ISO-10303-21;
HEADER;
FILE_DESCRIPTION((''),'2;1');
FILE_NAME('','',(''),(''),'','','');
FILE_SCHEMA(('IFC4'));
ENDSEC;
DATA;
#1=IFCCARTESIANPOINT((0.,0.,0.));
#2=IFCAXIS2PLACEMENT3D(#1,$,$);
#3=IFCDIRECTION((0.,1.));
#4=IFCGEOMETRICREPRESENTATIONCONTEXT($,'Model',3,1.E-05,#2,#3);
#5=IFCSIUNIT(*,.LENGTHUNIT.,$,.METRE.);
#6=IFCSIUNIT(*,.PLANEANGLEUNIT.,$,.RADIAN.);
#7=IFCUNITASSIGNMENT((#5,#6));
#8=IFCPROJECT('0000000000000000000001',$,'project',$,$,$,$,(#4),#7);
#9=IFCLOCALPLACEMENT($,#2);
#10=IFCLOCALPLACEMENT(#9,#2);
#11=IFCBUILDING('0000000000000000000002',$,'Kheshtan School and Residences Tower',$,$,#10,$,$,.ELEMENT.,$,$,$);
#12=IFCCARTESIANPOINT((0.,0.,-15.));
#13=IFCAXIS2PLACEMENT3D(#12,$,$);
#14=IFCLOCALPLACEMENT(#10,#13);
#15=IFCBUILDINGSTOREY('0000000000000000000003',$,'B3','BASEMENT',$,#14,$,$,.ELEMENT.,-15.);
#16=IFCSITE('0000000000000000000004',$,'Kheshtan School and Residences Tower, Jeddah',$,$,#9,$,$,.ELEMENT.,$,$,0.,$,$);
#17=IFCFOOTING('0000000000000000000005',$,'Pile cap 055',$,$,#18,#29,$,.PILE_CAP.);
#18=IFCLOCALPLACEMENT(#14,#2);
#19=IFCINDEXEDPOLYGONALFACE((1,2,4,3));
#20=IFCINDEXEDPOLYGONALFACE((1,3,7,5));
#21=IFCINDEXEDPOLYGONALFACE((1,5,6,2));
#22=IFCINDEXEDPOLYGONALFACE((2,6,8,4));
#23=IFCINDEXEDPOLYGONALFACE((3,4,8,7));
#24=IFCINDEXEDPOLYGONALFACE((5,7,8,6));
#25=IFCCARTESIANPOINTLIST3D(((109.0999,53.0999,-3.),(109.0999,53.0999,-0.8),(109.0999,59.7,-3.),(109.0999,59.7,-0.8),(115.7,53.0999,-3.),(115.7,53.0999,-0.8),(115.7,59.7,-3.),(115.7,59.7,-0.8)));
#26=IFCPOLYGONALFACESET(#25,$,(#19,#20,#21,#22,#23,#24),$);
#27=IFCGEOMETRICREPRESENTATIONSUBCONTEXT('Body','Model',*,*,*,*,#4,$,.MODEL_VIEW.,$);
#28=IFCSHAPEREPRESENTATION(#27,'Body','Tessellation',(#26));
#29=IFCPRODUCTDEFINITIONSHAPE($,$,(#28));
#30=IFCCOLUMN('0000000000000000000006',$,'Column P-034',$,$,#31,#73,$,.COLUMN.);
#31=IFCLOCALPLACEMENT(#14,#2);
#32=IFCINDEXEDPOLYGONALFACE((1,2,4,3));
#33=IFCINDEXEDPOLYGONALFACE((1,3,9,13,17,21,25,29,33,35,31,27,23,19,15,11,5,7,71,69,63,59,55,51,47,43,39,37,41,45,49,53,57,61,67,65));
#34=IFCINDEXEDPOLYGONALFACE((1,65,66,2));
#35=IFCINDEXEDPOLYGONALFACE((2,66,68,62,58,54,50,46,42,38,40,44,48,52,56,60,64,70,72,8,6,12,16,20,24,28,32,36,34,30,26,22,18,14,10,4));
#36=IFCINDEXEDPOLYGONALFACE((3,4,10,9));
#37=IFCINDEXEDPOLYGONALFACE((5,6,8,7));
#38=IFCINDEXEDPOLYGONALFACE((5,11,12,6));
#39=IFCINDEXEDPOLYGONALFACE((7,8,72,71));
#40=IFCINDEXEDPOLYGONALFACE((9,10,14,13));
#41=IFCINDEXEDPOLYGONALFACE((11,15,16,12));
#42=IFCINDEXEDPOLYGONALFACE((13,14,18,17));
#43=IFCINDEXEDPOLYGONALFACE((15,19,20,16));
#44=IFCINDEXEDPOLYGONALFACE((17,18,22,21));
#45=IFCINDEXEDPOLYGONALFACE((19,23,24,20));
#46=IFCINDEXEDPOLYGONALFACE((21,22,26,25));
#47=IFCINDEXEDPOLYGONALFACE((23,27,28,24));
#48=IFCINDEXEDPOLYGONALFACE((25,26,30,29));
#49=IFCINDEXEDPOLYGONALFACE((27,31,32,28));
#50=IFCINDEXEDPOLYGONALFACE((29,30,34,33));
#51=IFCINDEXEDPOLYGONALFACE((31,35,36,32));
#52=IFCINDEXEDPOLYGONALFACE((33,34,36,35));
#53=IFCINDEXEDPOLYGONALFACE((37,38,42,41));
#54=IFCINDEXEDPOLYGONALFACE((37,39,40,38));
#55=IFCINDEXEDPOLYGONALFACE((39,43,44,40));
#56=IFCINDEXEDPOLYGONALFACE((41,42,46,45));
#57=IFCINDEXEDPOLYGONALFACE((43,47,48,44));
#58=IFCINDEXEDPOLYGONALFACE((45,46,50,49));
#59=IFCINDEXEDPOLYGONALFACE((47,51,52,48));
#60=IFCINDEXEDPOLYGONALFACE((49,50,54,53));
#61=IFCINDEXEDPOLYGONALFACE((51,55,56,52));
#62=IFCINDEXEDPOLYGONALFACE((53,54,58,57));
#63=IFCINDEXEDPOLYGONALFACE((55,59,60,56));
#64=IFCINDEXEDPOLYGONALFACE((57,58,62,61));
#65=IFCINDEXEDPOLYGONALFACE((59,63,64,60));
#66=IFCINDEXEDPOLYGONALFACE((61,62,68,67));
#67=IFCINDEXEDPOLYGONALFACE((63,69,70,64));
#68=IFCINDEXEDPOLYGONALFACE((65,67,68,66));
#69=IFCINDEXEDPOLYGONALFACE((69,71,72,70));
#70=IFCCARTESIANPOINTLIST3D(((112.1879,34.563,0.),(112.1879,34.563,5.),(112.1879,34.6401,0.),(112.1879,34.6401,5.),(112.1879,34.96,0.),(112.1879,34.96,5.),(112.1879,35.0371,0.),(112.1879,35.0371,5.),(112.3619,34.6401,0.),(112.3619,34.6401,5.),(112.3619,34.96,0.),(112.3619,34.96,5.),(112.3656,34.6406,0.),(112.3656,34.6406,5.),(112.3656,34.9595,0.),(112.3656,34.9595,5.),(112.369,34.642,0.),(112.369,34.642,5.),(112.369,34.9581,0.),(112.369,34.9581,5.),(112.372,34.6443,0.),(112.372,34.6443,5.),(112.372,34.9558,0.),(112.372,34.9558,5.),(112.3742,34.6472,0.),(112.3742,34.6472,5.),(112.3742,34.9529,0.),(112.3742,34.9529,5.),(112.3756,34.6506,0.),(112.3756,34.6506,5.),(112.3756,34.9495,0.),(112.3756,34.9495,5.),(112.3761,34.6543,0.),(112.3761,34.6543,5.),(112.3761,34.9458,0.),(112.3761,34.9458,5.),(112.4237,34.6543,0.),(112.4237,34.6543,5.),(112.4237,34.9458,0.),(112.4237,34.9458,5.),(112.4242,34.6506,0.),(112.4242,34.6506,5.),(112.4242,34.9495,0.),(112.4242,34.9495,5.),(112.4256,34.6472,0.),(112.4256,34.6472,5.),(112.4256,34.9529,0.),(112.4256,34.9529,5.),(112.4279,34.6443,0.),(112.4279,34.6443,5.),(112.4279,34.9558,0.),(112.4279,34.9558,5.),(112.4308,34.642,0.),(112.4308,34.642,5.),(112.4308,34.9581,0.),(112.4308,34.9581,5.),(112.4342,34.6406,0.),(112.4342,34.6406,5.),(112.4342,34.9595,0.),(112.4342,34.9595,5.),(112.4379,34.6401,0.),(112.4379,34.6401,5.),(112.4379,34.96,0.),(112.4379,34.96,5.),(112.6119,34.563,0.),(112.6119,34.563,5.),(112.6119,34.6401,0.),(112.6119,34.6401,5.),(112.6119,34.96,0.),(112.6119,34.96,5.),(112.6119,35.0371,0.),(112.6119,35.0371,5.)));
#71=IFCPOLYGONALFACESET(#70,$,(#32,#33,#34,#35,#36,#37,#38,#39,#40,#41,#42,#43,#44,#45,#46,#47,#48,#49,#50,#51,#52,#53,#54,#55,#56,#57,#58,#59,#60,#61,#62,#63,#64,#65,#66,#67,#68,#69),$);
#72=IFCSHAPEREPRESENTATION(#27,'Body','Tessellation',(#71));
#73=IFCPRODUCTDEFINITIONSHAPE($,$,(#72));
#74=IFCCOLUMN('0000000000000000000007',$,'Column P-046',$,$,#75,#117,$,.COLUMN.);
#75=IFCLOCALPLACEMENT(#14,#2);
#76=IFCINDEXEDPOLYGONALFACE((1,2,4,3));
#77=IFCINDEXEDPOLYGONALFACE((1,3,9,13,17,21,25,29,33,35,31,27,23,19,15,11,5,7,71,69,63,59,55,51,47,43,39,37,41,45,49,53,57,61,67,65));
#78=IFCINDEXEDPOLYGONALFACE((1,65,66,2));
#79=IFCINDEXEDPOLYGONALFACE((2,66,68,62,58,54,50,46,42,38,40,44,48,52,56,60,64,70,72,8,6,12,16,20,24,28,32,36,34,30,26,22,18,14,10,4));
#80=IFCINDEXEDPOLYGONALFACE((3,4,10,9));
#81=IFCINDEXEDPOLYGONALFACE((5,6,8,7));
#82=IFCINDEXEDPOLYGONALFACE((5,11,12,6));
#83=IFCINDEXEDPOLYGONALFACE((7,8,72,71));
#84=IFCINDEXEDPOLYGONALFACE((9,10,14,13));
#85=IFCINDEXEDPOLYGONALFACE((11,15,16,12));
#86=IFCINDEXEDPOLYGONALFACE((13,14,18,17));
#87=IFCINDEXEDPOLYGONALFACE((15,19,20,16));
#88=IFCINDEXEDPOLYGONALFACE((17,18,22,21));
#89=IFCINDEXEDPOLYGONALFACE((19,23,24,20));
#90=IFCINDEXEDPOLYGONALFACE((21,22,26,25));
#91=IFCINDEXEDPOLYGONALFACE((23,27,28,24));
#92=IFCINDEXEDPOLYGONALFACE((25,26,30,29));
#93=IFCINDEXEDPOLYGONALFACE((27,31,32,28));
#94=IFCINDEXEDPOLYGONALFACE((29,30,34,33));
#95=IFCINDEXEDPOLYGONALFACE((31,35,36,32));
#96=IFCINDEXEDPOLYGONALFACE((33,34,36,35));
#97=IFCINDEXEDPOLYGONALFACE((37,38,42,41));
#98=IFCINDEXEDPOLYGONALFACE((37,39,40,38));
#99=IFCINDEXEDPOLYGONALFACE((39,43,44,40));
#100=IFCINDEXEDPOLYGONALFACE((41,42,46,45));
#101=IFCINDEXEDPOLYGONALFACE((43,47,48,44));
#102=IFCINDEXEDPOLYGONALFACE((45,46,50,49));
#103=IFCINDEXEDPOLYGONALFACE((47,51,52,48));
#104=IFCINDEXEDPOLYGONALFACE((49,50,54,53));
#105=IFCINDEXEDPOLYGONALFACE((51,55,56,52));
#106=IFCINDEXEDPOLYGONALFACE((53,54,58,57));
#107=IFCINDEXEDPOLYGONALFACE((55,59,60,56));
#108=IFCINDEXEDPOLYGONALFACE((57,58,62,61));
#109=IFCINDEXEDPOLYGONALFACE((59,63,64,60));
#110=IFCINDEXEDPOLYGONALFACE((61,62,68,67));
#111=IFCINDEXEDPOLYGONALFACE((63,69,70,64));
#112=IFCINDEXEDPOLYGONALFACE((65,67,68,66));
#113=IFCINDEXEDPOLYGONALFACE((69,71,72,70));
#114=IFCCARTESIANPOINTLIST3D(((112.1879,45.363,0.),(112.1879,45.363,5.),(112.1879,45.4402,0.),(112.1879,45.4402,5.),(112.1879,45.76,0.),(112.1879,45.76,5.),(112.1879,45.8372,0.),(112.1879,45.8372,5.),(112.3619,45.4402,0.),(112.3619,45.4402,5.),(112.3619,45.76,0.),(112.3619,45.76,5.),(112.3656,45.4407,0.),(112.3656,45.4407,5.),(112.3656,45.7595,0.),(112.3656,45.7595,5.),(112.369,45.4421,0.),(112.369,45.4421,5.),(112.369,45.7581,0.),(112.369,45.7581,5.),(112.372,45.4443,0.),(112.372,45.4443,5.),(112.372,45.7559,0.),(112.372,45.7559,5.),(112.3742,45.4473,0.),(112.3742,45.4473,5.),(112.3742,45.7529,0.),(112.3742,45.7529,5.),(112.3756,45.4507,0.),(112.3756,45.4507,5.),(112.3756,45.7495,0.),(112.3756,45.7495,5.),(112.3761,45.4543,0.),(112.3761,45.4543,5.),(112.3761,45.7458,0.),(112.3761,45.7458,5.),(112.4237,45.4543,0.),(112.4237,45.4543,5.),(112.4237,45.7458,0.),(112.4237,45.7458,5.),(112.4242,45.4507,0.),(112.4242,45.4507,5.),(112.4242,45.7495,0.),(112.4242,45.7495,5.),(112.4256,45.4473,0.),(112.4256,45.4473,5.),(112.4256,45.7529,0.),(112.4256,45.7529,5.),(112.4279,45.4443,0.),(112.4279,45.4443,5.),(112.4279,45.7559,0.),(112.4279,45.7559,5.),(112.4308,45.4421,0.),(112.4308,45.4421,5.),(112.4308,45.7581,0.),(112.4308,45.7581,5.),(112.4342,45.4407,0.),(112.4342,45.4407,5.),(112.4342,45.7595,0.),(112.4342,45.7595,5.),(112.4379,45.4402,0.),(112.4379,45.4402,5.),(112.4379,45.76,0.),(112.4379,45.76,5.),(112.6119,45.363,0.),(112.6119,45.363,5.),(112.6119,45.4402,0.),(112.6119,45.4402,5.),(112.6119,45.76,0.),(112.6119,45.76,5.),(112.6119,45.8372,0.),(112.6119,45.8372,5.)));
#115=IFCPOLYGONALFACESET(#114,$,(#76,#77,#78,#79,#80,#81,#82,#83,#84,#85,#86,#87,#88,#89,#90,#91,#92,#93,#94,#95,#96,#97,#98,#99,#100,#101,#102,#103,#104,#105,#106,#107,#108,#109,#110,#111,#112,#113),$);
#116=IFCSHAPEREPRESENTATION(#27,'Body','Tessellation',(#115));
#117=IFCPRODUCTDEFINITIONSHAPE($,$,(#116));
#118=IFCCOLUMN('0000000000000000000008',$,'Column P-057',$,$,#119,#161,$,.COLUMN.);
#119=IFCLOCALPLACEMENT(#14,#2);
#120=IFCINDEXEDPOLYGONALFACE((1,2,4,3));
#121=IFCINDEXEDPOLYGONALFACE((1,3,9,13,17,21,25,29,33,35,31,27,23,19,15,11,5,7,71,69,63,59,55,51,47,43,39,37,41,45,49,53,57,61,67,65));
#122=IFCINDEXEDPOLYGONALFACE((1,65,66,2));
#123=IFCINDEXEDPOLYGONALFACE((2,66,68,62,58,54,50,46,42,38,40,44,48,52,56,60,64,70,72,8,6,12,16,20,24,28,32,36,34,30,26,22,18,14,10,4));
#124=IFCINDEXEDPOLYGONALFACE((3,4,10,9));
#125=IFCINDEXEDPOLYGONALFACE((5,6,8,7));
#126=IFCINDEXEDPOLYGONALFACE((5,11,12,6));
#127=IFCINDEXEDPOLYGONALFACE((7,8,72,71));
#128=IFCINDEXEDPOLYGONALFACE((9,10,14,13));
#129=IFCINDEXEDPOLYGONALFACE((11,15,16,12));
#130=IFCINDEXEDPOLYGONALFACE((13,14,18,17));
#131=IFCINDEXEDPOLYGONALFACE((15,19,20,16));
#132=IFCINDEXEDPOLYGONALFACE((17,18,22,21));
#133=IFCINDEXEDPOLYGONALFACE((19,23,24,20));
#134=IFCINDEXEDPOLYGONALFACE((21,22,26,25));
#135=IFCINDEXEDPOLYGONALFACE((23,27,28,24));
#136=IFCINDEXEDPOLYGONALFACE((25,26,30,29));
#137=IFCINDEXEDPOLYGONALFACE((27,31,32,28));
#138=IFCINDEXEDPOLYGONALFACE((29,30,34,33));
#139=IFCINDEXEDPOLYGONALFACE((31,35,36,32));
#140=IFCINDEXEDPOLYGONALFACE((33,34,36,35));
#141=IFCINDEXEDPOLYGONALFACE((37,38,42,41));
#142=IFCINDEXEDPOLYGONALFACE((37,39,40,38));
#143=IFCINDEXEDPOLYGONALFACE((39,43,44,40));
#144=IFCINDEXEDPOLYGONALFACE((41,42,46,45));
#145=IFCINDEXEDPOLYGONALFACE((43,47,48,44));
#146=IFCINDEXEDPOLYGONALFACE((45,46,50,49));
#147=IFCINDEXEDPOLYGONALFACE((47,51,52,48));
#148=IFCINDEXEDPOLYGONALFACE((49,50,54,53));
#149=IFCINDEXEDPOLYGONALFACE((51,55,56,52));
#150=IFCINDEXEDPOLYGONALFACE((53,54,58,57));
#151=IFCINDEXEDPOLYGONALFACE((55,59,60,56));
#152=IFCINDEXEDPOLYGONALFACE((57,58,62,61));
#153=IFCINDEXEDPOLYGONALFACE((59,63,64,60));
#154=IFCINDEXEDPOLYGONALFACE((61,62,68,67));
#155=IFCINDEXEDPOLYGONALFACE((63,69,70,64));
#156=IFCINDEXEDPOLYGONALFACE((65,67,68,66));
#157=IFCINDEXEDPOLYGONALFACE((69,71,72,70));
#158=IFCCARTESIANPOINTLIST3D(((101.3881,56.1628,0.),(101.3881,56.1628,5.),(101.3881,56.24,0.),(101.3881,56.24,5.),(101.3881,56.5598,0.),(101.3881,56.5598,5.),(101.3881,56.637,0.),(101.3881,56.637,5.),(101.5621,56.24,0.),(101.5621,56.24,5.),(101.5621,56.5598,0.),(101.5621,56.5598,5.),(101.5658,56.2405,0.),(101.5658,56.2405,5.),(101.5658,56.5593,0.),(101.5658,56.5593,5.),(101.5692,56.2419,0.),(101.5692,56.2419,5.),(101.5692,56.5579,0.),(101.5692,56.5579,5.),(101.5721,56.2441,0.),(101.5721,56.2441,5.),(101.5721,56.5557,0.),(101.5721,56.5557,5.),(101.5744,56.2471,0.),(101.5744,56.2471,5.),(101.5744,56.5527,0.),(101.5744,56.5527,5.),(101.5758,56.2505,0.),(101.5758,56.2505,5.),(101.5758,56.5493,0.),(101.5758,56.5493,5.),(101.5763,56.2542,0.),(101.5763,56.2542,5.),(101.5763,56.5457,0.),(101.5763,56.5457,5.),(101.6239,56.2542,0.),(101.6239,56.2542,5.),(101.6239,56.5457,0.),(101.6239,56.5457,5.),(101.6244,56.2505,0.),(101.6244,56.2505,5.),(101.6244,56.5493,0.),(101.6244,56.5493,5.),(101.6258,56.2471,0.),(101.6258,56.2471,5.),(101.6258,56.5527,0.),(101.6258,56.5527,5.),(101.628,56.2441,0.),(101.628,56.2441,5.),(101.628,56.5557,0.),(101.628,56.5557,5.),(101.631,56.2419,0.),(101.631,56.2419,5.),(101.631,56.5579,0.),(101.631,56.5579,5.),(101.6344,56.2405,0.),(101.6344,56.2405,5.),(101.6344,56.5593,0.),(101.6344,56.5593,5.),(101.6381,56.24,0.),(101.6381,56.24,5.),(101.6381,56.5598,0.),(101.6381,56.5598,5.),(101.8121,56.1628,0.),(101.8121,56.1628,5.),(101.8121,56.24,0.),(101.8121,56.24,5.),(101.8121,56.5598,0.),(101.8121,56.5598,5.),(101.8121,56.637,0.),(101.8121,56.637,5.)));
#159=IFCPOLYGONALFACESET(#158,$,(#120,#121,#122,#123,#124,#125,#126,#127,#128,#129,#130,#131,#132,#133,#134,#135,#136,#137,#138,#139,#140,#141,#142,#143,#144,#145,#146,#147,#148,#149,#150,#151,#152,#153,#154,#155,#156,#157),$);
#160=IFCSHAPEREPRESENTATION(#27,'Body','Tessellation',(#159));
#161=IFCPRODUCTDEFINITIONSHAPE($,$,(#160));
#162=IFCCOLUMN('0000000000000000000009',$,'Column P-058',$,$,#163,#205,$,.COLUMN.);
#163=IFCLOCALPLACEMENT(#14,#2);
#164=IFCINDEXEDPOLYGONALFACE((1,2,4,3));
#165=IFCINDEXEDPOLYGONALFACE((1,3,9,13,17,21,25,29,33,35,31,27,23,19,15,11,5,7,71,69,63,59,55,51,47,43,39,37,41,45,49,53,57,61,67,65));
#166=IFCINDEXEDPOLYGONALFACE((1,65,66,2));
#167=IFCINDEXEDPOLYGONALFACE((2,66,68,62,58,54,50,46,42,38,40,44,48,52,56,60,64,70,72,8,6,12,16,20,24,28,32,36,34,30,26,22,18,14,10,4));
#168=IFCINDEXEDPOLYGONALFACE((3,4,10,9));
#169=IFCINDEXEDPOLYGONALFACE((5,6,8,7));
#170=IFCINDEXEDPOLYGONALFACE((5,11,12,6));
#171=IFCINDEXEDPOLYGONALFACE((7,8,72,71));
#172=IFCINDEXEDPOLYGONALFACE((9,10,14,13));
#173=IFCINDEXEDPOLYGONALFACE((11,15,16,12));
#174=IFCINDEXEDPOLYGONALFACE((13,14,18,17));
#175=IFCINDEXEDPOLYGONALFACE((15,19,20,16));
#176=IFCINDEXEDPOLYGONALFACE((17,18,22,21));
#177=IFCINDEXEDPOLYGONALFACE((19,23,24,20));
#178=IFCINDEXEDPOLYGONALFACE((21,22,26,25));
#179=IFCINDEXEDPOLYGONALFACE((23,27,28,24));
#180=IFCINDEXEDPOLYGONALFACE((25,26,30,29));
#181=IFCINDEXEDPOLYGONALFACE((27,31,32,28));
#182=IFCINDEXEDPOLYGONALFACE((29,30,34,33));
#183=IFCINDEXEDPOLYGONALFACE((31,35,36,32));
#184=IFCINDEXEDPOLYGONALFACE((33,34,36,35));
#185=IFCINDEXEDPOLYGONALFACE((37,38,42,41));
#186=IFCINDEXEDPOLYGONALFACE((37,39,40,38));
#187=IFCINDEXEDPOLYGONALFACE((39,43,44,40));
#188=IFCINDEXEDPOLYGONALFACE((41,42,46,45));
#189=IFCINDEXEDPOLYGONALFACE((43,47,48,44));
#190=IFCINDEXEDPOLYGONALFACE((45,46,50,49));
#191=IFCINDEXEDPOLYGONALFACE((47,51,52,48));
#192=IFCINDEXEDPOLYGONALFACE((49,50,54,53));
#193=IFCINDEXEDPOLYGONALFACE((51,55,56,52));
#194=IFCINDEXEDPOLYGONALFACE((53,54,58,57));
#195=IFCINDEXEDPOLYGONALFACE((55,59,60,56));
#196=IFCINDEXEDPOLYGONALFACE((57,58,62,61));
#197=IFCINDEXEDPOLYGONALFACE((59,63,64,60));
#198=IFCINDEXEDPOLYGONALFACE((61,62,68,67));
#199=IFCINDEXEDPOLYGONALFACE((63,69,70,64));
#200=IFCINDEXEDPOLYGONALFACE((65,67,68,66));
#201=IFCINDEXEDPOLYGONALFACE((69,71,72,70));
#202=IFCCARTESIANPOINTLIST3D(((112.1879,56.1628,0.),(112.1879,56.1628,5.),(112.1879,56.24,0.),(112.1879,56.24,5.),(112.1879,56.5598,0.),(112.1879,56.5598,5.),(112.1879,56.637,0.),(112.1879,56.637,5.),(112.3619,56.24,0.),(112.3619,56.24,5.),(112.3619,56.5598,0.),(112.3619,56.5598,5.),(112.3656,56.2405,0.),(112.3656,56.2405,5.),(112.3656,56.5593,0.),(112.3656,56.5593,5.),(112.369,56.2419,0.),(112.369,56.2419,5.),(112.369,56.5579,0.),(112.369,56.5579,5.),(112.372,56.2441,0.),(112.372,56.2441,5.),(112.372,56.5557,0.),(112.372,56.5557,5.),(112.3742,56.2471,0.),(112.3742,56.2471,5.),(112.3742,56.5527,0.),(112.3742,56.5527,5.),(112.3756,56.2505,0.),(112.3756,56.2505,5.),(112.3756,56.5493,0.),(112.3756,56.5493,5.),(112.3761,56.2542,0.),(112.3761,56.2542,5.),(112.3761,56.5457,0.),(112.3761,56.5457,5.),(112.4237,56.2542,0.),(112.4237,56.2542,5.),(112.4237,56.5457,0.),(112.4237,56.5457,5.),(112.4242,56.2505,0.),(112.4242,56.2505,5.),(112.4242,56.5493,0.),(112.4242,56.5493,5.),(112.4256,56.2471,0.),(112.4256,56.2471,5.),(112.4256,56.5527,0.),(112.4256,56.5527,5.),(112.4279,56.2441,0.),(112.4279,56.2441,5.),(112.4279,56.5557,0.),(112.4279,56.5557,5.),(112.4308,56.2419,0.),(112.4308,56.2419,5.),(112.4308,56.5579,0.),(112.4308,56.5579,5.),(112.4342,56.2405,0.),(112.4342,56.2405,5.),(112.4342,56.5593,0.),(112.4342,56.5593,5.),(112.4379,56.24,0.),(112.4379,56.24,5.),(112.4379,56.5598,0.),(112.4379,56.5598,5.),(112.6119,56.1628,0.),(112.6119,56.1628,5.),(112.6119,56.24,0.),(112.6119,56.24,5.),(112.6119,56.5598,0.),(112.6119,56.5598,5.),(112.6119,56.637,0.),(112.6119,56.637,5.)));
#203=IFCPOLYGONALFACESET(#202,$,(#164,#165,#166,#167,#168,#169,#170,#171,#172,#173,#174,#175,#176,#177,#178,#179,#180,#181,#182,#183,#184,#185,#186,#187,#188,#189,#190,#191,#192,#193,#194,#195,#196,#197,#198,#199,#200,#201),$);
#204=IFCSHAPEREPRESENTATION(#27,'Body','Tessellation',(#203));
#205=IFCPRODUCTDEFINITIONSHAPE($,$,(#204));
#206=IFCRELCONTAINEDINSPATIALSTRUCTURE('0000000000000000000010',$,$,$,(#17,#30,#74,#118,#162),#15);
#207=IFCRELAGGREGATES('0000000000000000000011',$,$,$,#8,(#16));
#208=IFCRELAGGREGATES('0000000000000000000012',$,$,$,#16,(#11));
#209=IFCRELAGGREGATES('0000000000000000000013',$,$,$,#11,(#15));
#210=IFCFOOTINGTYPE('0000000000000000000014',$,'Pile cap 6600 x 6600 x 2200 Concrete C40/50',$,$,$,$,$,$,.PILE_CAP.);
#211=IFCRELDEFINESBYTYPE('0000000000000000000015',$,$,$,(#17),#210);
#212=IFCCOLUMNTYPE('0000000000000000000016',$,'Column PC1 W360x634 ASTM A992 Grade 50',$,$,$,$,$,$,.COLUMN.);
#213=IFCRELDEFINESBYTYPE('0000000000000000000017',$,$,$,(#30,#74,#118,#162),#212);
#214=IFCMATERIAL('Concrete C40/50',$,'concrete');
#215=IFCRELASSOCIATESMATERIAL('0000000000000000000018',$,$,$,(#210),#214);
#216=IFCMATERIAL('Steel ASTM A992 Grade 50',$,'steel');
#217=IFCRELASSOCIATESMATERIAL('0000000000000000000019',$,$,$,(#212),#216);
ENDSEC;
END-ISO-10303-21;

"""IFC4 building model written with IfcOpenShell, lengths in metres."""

from ifc_helpers import new_model, si_unit, direction, frame, origin, origin_2d, place, context, subcontext, project, spatial, rectangle, i_section, extrude, material, material_profile, profile_set, type_object, element, save


model = new_model("IFC4")

# Units and contexts
model_context = context("Model", 3, precision=1e-05, world=origin(), true_north=direction((0.0, 1.0)))
body_context = subcontext(model_context, "Body", "Model", "MODEL_VIEW")
ifc_project = project(units=[si_unit("LENGTHUNIT", "METRE"), si_unit("PLANEANGLEUNIT", "RADIAN")], contexts=[model_context])

# Site, building, storey
site_placement = place(None, origin())
site = spatial("IfcSite", under=ifc_project, at=site_placement, Name="Kheshtan School and Residences Tower, Jeddah", CompositionType="ELEMENT", RefElevation=0.0)
building_placement = place(site_placement, origin())
building = spatial("IfcBuilding", under=site, at=building_placement, Name="Kheshtan School and Residences Tower", CompositionType="ELEMENT")
storey_placement = place(building_placement, frame((0.0, 0.0, -15.0)))
storey = spatial("IfcBuildingStorey", under=building, at=storey_placement, Name="B3", Description="BASEMENT", CompositionType="ELEMENT", Elevation=-15.0)

# Footing
ifc_material_1 = material(Name="Concrete C40/50", Category="concrete")
footing_type = type_object("IfcFootingType", Name="Pile cap 6600 x 6600 x 2200 Concrete C40/50", PredefinedType="PILE_CAP", material=ifc_material_1)
for number, where, z_axis, x_axis, name in (
    (1, (112.3999, 56.3999, -3.0), (0.0, 0.0, 1.0), (1.0, 0.0, 0.0), "Pile cap 055"),
):
    element("IfcFooting", number, at=place(storey_placement, frame(where, z_axis=z_axis, x_axis=x_axis)), inside=storey, type_object=footing_type, Name=name, PredefinedType="PILE_CAP", context=body_context, shape_type="SweptSolid", body=[
        extrude(rectangle(XDim=6.6001, YDim=6.6001, at=origin_2d()), origin(), (0.0, 0.0, 1.0), 2.2),
    ])

# Columns
ifc_material_2 = material(Name="Steel ASTM A992 Grade 50", Category="steel")
ifc_material_profile_1 = material_profile(ifc_material_2, i_section(OverallWidth=0.4241, OverallDepth=0.4741, WebThickness=0.0476, FlangeThickness=0.0771, FilletRadius=0.0142, at=origin_2d()), Name="W360x634")
ifc_profile_set_1 = profile_set([ifc_material_profile_1], Name="Steel ASTM A992 Grade 50")
column_type = type_object("IfcColumnType", Name="Column PC1 W360x634 ASTM A992 Grade 50", PredefinedType="COLUMN", material=ifc_profile_set_1)
for number, where, z_axis, x_axis, name in (
    (2, (112.3999, 34.8, 0.0), (0.0, 0.0, 1.0), (1.0, 0.0, 0.0), "Column P-034"),
    (3, (112.3999, 45.6001, 0.0), (0.0, 0.0, 1.0), (1.0, 0.0, 0.0), "Column P-046"),
    (4, (101.6001, 56.3999, 0.0), (0.0, 0.0, 1.0), (1.0, 0.0, 0.0), "Column P-057"),
    (5, (112.3999, 56.3999, 0.0), (0.0, 0.0, 1.0), (1.0, 0.0, 0.0), "Column P-058"),
):
    element("IfcColumn", number, at=place(storey_placement, frame(where, z_axis=z_axis, x_axis=x_axis)), inside=storey, type_object=column_type, Name=name, PredefinedType="COLUMN", context=body_context, shape_type="SweptSolid", body=[
        extrude(i_section(OverallWidth=0.4241, OverallDepth=0.4741, WebThickness=0.0476, FlangeThickness=0.0771, FilletRadius=0.0142, at=origin_2d()), origin(), (0.0, 0.0, 1.0), 5.0),
    ])

save(model, "model.ifc")
